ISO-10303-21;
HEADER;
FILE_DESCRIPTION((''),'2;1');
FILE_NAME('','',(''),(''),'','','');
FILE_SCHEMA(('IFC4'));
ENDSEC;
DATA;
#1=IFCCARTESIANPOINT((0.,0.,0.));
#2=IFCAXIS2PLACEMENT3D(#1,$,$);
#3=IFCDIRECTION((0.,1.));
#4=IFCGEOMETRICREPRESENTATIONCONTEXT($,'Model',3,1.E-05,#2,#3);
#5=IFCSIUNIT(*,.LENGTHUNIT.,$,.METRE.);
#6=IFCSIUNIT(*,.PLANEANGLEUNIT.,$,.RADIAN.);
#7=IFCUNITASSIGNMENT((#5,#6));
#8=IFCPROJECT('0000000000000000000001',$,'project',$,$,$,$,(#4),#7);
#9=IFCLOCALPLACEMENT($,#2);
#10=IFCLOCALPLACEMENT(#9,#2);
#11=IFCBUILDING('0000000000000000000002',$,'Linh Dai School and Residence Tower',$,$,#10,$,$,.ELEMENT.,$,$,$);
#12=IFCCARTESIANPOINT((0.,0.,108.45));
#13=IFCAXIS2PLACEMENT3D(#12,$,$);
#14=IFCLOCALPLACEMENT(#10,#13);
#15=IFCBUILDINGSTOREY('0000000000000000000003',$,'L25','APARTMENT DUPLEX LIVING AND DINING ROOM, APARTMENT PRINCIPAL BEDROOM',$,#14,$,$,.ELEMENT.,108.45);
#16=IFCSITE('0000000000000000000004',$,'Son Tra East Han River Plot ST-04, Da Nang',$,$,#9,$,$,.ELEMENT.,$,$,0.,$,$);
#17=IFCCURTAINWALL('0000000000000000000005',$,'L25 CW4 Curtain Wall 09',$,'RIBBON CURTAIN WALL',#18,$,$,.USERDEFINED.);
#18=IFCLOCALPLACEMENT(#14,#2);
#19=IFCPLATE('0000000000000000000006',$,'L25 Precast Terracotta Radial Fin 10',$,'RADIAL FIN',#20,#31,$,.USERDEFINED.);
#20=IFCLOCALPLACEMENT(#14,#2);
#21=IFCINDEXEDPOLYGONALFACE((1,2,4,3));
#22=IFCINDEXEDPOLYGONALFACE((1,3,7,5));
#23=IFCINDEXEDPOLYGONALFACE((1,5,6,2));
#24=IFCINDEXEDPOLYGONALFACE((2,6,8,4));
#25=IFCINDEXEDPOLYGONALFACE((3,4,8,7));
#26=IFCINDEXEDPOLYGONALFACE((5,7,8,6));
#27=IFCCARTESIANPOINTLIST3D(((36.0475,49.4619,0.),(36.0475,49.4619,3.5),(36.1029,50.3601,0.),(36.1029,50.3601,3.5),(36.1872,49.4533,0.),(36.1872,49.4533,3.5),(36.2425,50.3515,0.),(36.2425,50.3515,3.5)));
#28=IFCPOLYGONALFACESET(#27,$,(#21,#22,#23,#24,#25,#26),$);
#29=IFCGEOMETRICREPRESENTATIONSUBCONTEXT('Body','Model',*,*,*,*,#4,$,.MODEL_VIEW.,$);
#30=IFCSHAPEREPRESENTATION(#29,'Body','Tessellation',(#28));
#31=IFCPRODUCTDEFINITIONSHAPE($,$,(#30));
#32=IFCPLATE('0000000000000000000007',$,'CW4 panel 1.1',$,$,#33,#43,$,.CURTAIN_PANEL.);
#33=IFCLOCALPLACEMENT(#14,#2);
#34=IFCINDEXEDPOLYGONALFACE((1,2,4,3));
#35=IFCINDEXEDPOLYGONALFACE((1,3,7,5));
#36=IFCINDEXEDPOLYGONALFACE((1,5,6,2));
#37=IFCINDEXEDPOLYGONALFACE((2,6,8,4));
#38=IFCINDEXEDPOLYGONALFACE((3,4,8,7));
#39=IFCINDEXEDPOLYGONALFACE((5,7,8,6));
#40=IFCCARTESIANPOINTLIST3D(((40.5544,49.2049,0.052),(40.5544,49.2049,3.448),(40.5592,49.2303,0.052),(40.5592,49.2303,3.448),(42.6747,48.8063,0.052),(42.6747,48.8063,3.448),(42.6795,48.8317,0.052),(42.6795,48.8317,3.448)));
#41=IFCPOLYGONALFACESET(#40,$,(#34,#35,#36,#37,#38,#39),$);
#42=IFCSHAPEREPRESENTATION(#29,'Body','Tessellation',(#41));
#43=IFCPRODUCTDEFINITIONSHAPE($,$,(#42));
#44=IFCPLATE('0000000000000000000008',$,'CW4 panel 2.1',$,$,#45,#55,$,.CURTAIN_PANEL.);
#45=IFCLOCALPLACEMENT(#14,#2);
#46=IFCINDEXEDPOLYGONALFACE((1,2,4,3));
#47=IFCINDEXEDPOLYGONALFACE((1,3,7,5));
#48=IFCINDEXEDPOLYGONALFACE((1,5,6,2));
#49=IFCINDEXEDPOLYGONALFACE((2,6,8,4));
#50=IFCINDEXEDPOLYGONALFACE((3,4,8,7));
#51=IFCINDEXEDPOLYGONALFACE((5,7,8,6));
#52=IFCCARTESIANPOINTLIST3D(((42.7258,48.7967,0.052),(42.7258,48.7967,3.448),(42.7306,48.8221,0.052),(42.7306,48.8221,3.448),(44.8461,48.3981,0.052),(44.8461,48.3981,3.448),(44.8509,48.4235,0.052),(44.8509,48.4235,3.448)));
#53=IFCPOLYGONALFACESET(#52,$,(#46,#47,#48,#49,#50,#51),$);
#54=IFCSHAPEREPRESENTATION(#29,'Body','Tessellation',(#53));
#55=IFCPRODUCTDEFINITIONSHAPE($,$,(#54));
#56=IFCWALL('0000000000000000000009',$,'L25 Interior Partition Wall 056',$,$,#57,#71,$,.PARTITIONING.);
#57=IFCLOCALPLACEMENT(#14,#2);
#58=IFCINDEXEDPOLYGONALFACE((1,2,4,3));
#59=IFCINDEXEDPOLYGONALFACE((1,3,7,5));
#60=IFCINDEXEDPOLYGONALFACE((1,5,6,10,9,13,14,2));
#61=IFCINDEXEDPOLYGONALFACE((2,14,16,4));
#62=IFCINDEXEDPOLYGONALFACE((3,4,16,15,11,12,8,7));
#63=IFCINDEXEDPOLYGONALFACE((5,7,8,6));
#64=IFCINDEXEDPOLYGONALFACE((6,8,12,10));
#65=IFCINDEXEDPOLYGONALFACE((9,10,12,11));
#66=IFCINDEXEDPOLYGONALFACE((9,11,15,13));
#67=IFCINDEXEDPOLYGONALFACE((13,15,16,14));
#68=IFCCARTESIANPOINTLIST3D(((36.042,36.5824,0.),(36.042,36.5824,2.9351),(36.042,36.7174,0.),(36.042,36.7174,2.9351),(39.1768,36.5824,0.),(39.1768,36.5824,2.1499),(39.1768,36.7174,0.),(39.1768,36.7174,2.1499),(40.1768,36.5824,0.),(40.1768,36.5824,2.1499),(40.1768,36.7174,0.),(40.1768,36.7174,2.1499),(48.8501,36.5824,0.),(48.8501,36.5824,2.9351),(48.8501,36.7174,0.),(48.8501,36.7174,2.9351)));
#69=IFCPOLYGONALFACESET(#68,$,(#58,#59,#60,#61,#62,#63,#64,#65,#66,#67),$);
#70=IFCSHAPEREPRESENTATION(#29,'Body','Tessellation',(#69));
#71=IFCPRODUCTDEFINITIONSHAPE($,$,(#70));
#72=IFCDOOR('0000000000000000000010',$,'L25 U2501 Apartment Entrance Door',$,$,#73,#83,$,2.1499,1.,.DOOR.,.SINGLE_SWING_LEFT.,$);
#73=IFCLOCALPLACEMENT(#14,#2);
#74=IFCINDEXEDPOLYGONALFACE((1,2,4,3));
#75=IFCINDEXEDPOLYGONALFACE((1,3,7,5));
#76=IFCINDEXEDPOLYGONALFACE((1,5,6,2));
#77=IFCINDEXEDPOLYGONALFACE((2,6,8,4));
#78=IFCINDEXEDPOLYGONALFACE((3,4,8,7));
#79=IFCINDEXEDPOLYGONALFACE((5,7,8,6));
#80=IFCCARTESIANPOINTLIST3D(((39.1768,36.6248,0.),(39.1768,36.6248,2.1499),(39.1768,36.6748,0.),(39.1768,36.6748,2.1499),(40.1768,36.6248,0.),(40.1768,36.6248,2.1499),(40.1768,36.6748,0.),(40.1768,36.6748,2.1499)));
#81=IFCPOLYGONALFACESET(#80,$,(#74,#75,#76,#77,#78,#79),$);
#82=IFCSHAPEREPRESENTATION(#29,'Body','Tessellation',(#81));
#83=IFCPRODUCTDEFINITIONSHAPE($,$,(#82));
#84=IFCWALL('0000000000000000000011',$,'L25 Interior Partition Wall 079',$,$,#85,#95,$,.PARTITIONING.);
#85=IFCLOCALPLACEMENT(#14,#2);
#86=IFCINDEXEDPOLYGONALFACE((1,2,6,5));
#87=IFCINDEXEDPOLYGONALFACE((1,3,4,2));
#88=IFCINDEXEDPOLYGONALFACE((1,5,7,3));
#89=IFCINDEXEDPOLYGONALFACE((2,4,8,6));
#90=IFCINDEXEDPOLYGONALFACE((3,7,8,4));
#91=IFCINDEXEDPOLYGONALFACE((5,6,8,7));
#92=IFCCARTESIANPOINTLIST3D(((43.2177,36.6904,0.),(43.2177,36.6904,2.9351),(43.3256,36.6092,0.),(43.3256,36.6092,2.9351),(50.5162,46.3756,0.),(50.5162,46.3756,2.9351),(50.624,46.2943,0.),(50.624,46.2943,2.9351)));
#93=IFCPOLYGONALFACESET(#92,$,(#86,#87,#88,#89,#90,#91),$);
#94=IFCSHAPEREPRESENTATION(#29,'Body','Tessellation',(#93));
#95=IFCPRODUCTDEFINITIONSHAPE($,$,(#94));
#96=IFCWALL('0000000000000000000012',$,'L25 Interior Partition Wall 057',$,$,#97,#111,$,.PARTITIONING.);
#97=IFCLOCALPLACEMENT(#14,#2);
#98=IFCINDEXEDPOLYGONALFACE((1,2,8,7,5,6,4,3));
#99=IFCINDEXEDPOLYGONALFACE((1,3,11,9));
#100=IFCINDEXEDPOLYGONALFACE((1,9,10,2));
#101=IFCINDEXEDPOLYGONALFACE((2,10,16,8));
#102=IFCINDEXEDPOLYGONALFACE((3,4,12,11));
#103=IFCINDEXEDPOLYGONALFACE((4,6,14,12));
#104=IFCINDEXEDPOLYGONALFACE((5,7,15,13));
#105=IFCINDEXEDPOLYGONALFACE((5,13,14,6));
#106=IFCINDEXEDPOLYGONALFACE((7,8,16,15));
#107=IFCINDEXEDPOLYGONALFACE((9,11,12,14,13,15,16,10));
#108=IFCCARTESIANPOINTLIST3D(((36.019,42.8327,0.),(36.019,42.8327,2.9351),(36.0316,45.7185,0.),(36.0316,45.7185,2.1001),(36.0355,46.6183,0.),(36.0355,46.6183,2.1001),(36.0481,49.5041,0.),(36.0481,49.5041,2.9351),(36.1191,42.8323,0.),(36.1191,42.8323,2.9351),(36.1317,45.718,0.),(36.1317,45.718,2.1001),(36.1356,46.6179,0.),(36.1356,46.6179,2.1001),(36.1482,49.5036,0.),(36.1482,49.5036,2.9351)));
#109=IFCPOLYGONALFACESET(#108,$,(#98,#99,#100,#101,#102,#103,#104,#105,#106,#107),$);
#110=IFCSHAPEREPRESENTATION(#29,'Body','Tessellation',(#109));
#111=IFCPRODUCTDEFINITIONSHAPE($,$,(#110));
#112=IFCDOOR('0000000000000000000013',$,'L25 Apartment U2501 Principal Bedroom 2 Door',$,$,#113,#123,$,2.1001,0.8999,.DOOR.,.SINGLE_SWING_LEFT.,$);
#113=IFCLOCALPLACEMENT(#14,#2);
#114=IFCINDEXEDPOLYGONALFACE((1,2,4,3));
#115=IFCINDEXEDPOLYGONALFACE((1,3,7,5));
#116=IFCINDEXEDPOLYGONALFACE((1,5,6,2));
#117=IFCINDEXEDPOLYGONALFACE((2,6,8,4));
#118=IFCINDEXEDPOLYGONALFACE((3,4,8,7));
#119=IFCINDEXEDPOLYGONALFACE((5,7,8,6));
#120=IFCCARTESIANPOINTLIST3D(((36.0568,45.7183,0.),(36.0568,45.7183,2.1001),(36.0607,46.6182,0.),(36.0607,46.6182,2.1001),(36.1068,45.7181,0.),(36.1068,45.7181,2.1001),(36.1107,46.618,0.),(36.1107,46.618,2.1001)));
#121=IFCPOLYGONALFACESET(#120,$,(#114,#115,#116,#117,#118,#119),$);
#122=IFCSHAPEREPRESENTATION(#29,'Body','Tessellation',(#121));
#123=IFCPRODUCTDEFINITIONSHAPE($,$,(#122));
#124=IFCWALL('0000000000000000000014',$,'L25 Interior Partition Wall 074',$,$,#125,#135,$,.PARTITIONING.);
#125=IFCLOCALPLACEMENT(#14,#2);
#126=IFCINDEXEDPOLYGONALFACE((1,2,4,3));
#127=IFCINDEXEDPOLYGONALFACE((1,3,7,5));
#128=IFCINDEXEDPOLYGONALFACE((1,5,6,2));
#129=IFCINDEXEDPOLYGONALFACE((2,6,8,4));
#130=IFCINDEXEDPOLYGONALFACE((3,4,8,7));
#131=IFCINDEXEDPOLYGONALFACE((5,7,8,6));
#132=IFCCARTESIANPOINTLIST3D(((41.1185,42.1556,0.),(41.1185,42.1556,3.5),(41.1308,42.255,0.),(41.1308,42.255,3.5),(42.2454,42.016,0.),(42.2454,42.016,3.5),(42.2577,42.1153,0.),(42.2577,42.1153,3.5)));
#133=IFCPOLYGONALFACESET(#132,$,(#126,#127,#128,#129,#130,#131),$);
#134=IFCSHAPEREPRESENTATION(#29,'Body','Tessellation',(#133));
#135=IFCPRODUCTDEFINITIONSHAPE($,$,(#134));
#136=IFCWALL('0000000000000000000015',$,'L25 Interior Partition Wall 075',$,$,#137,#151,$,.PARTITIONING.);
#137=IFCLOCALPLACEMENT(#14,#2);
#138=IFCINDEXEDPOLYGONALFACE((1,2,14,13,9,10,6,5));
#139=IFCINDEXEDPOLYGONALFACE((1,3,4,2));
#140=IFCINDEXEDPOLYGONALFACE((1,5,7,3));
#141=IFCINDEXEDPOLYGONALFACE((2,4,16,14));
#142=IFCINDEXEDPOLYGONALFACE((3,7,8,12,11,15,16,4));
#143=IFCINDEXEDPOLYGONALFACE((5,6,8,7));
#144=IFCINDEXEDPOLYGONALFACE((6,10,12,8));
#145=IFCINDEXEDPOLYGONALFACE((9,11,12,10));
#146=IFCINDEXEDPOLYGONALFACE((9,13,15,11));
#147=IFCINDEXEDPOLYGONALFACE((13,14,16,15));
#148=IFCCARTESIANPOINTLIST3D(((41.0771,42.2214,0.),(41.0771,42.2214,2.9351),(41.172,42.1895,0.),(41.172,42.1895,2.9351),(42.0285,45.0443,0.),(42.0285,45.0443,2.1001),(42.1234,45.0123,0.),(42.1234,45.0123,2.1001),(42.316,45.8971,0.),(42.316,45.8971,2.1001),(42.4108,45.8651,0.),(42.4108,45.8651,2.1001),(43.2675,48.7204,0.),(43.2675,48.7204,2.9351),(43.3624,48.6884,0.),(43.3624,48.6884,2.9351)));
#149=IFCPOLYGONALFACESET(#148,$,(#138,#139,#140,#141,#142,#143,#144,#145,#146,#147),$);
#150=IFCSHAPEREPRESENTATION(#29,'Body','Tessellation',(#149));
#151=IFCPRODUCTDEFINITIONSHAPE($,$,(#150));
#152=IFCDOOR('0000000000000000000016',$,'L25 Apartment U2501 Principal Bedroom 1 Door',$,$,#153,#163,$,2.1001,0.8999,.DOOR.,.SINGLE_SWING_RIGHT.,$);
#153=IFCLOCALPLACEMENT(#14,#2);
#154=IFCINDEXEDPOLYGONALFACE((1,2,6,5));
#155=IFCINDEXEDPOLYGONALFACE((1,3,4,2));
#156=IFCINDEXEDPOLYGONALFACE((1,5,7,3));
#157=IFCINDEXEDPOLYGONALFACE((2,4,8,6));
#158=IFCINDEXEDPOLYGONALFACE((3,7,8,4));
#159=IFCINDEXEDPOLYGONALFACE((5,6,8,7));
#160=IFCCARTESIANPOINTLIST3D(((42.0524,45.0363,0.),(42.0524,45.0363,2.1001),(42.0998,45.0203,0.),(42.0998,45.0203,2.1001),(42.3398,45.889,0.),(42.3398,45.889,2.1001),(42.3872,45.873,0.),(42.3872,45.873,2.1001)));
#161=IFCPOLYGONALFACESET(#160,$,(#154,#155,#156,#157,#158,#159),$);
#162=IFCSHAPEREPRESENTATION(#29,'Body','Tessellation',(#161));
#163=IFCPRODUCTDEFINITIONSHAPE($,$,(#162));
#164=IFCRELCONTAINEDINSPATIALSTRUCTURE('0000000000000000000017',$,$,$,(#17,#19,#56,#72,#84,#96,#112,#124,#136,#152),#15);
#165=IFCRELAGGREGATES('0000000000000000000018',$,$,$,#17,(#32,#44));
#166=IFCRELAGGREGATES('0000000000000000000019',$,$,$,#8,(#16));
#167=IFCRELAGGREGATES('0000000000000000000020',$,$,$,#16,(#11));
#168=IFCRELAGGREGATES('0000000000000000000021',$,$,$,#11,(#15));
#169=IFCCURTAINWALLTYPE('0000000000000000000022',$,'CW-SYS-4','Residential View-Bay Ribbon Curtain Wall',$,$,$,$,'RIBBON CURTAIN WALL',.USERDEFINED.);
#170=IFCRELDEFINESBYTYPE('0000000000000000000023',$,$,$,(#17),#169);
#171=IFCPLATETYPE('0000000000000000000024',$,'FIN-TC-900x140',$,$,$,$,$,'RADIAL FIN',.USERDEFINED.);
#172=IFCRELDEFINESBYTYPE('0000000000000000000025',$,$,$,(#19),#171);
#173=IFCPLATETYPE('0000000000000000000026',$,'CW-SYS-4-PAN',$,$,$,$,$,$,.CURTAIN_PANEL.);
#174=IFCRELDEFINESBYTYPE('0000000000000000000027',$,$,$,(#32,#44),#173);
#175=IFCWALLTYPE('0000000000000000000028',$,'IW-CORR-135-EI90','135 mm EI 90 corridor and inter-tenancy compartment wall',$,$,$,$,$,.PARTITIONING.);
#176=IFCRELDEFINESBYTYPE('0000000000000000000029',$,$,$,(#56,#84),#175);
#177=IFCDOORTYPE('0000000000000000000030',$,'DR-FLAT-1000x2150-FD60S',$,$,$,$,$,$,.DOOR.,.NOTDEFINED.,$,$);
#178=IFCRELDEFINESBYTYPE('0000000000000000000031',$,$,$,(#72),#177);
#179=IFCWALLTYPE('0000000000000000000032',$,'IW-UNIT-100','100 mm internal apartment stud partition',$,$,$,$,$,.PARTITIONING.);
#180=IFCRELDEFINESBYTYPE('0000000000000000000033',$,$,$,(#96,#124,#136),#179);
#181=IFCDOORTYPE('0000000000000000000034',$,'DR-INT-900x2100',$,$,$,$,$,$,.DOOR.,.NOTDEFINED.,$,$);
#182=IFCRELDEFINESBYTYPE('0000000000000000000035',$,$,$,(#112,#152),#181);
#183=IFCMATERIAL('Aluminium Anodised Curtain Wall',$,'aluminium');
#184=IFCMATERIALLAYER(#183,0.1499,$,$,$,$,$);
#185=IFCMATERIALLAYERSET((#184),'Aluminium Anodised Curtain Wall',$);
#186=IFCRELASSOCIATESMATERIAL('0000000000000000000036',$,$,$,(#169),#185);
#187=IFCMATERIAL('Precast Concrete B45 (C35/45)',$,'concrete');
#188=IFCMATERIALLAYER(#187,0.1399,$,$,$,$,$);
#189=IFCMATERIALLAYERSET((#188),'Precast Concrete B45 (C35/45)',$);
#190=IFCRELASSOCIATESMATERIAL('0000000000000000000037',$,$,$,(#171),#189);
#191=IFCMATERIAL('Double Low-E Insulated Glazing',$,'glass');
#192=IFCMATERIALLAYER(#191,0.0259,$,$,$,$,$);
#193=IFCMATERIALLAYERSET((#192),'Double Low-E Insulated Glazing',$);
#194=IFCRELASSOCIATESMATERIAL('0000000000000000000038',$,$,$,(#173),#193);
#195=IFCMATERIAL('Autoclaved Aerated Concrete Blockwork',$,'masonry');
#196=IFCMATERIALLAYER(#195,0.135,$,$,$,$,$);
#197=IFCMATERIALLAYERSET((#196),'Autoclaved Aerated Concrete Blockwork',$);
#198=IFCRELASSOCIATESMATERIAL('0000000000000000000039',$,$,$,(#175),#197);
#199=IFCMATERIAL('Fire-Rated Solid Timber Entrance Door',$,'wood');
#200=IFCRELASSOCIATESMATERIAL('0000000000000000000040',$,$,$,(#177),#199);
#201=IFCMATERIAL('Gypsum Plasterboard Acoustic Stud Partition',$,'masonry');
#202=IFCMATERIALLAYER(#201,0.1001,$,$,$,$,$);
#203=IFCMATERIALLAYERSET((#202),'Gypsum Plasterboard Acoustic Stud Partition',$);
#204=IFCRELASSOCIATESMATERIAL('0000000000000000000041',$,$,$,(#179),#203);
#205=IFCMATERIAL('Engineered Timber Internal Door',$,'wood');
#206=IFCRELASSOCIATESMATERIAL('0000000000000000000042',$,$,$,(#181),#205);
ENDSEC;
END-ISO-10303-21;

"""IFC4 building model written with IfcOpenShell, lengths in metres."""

from ifc_helpers import new_model, si_unit, direction, frame, frame_2d, origin, origin_2d, place, context, subcontext, project, spatial, rectangle, extrude, source, transform, mapped, material, layer, layer_set, type_object, element, fill, aggregate, save


model = new_model("IFC4")

# Units and contexts
model_context = context("Model", 3, precision=1e-05, world=origin(), true_north=direction((0.0, 1.0)))
body_context = subcontext(model_context, "Body", "Model", "MODEL_VIEW")
ifc_project = project(units=[si_unit("LENGTHUNIT", "METRE"), si_unit("PLANEANGLEUNIT", "RADIAN")], contexts=[model_context])

# Site, building, storey
site_placement = place(None, origin())
site = spatial("IfcSite", under=ifc_project, at=site_placement, Name="Son Tra East Han River Plot ST-04, Da Nang", CompositionType="ELEMENT", RefElevation=0.0)
building_placement = place(site_placement, origin())
building = spatial("IfcBuilding", under=site, at=building_placement, Name="Linh Dai School and Residence Tower", CompositionType="ELEMENT")
storey_placement = place(building_placement, frame((0.0, 0.0, 108.45)))
storey = spatial("IfcBuildingStorey", under=building, at=storey_placement, Name="L25", Description="APARTMENT DUPLEX LIVING AND DINING ROOM, APARTMENT PRINCIPAL BEDROOM", CompositionType="ELEMENT", Elevation=108.45)

# Curtain wall
ifc_material_1 = material(Name="Aluminium Anodised Curtain Wall", Category="aluminium")
ifc_layer_1 = layer(ifc_material_1, 0.1499)
ifc_layer_set_1 = layer_set([ifc_layer_1], Name="Aluminium Anodised Curtain Wall")
curtain_wall_type = type_object("IfcCurtainWallType", Name="CW-SYS-4", Description="Residential View-Bay Ribbon Curtain Wall", ElementType="RIBBON CURTAIN WALL", PredefinedType="USERDEFINED", material=ifc_layer_set_1)
curtain_wall_placement = place(storey_placement, origin())
curtain_wall = element("IfcCurtainWall", 1, at=curtain_wall_placement, inside=storey, type_object=curtain_wall_type, Name="L25 CW4 Curtain Wall 09", ObjectType="RIBBON CURTAIN WALL", PredefinedType="USERDEFINED")

# Plates
ifc_material_2 = material(Name="Precast Concrete B45 (C35/45)", Category="concrete")
ifc_layer_2 = layer(ifc_material_2, 0.1399)
ifc_layer_set_2 = layer_set([ifc_layer_2], Name="Precast Concrete B45 (C35/45)")
plate_type_1 = type_object("IfcPlateType", Name="FIN-TC-900x140", ElementType="RADIAL FIN", PredefinedType="USERDEFINED", material=ifc_layer_set_2)
shared_shape_1 = source(origin(), body_context, "Body", "SweptSolid", [
    extrude(rectangle(XDim=0.8999, YDim=0.1399, at=origin_2d()), origin(), (0.0, 0.0, 1.0), 3.5),
])
plate_1_placement = place(storey_placement, frame((36.145, 49.9067, 0.0), z_axis=(0.0, 0.0, 1.0), x_axis=(0.061509, 0.998107, 0.0)))
element("IfcPlate", 2, at=plate_1_placement, inside=storey, type_object=plate_type_1, Name="L25 Precast Terracotta Radial Fin 10", ObjectType="RADIAL FIN", PredefinedType="USERDEFINED", context=body_context, shape_type="MappedRepresentation", body=[
    mapped(shared_shape_1, transform((0.0, 0.0, 0.0), x_axis=(1.0, 0.0, 0.0), y_axis=(0.0, 1.0, 0.0), z_axis=(0.0, 0.0, 1.0), scale=1.0)),
])
ifc_material_3 = material(Name="Double Low-E Insulated Glazing", Category="glass")
ifc_layer_3 = layer(ifc_material_3, 0.0259)
ifc_layer_set_3 = layer_set([ifc_layer_3], Name="Double Low-E Insulated Glazing")
plate_type_2 = type_object("IfcPlateType", Name="CW-SYS-4-PAN", PredefinedType="CURTAIN_PANEL", material=ifc_layer_set_3)
shared_shape_2 = source(origin(), body_context, "Body", "SweptSolid", [
    extrude(rectangle(XDim=2.1575, YDim=0.0259, at=origin_2d()), origin(), (0.0, 0.0, 1.0), 3.396),
])
plate_2_placement = place(storey_placement, frame((41.6169, 49.0183, 0.052), z_axis=(0.0, 0.0, 1.0), x_axis=(0.982785, -0.184755, 0.0)))
plate_2 = element("IfcPlate", 3, at=plate_2_placement, type_object=plate_type_2, Name="CW4 panel 1.1", PredefinedType="CURTAIN_PANEL", context=body_context, shape_type="MappedRepresentation", body=[
    mapped(shared_shape_2, transform((0.0, 0.0, 0.0), x_axis=(1.0, 0.0, 0.0), y_axis=(0.0, 1.0, 0.0), z_axis=(0.0, 0.0, 1.0), scale=1.0)),
])
plate_3_placement = place(storey_placement, frame((43.7883, 48.6101, 0.052), z_axis=(0.0, 0.0, 1.0), x_axis=(0.982785, -0.184755, 0.0)))
plate_3 = element("IfcPlate", 4, at=plate_3_placement, type_object=plate_type_2, Name="CW4 panel 2.1", PredefinedType="CURTAIN_PANEL", context=body_context, shape_type="MappedRepresentation", body=[
    mapped(shared_shape_2, transform((0.0, 0.0, 0.0), x_axis=(1.0, 0.0, 0.0), y_axis=(0.0, 1.0, 0.0), z_axis=(0.0, 0.0, 1.0), scale=1.0)),
])
aggregate(curtain_wall, [plate_2, plate_3])

# Wall, opening, door
ifc_material_4 = material(Name="Autoclaved Aerated Concrete Blockwork", Category="masonry")
ifc_layer_4 = layer(ifc_material_4, 0.135)
ifc_layer_set_4 = layer_set([ifc_layer_4], Name="Autoclaved Aerated Concrete Blockwork")
wall_type_1 = type_object("IfcWallType", Name="IW-CORR-135-EI90", Description="135 mm EI 90 corridor and inter-tenancy compartment wall", PredefinedType="PARTITIONING", material=ifc_layer_set_4)
wall_1_placement = place(storey_placement, frame((36.042, 36.6499, 0.0), z_axis=(0.0, 0.0, 1.0), x_axis=(1.0, 0.0, 0.0)))
wall_1 = element("IfcWall", 5, at=wall_1_placement, inside=storey, type_object=wall_type_1, Name="L25 Interior Partition Wall 056", PredefinedType="PARTITIONING", context=body_context, shape_type="SweptSolid", body=[
    extrude(rectangle(XDim=12.8081, YDim=0.135, at=frame_2d((6.4041, 0.0))), origin(), (0.0, 0.0, 1.0), 2.9351),
])
opening_1_placement = place(wall_1_placement, frame((3.1348, 0.0, 0.0)))
opening_1 = element("IfcOpeningElement", 6, at=opening_1_placement, cuts=wall_1, PredefinedType="OPENING", context=body_context, shape_type="SweptSolid", body=[
    extrude(rectangle(XDim=1.0, YDim=2.1499, at=origin_2d()), frame((0.5, 0.0776, 1.075), z_axis=(0.0, -1.0, 0.0), x_axis=(1.0, 0.0, 0.0)), (0.0, 0.0, 1.0), 0.155),
])
ifc_material_5 = material(Name="Fire-Rated Solid Timber Entrance Door", Category="wood")
door_type_1 = type_object("IfcDoorType", Name="DR-FLAT-1000x2150-FD60S", OperationType="NOTDEFINED", PredefinedType="DOOR", material=ifc_material_5)
shared_shape_3 = source(origin(), body_context, "Body", "SweptSolid", [
    extrude(rectangle(XDim=1.0, YDim=2.1499, at=origin_2d()), frame((0.5, 0.0249, 1.075), z_axis=(0.0, -1.0, 0.0), x_axis=(1.0, 0.0, 0.0)), (0.0, 0.0, 1.0), 0.05),
])
door_1_placement = place(opening_1_placement, origin())
door_1 = element("IfcDoor", 7, at=door_1_placement, inside=storey, type_object=door_type_1, Name="L25 U2501 Apartment Entrance Door", OperationType="SINGLE_SWING_LEFT", OverallHeight=2.1499, OverallWidth=1.0, PredefinedType="DOOR", context=body_context, shape_type="MappedRepresentation", body=[
    mapped(shared_shape_3, transform((0.0, 0.0, 0.0), x_axis=(1.0, 0.0, 0.0), y_axis=(0.0, 1.0, 0.0), z_axis=(0.0, 0.0, 1.0), scale=1.0)),
])
fill(opening_1, door_1)

# Wall
wall_2_placement = place(storey_placement, frame((43.2717, 36.6499, 0.0), z_axis=(0.0, 0.0, 1.0), x_axis=(0.601822, 0.798631, 0.0)))
element("IfcWall", 8, at=wall_2_placement, inside=storey, type_object=wall_type_1, Name="L25 Interior Partition Wall 079", PredefinedType="PARTITIONING", context=body_context, shape_type="SweptSolid", body=[
    extrude(rectangle(XDim=12.1272, YDim=0.135, at=frame_2d((6.0635, 0.0))), origin(), (0.0, 0.0, 1.0), 2.9351),
])

# Wall, opening, door
ifc_material_6 = material(Name="Gypsum Plasterboard Acoustic Stud Partition", Category="masonry")
ifc_layer_5 = layer(ifc_material_6, 0.1001)
ifc_layer_set_5 = layer_set([ifc_layer_5], Name="Gypsum Plasterboard Acoustic Stud Partition")
wall_type_2 = type_object("IfcWallType", Name="IW-UNIT-100", Description="100 mm internal apartment stud partition", PredefinedType="PARTITIONING", material=ifc_layer_set_5)
wall_3_placement = place(storey_placement, frame((36.0691, 42.8325, 0.0), z_axis=(0.0, 0.0, 1.0), x_axis=(0.004355, 0.999991, 0.0)))
wall_3 = element("IfcWall", 9, at=wall_3_placement, inside=storey, type_object=wall_type_2, Name="L25 Interior Partition Wall 057", PredefinedType="PARTITIONING", context=body_context, shape_type="SweptSolid", body=[
    extrude(rectangle(XDim=6.6714, YDim=0.1001, at=frame_2d((3.3357, 0.0))), origin(), (0.0, 0.0, 1.0), 2.9351),
])
opening_2_placement = place(wall_3_placement, frame((2.8857, 0.0, 0.0)))
opening_2 = element("IfcOpeningElement", 10, at=opening_2_placement, cuts=wall_3, PredefinedType="OPENING", context=body_context, shape_type="SweptSolid", body=[
    extrude(rectangle(XDim=0.8999, YDim=2.1001, at=origin_2d()), frame((0.45, 0.0601, 1.05), z_axis=(0.0, -1.0, 0.0), x_axis=(1.0, 0.0, 0.0)), (0.0, 0.0, 1.0), 0.1201),
])
ifc_material_7 = material(Name="Engineered Timber Internal Door", Category="wood")
door_type_2 = type_object("IfcDoorType", Name="DR-INT-900x2100", OperationType="NOTDEFINED", PredefinedType="DOOR", material=ifc_material_7)
shared_shape_4 = source(origin(), body_context, "Body", "SweptSolid", [
    extrude(rectangle(XDim=0.8999, YDim=2.1001, at=origin_2d()), frame((0.45, 0.0249, 1.05), z_axis=(0.0, -1.0, 0.0), x_axis=(1.0, 0.0, 0.0)), (0.0, 0.0, 1.0), 0.05),
])
door_2_placement = place(opening_2_placement, origin())
door_2 = element("IfcDoor", 11, at=door_2_placement, inside=storey, type_object=door_type_2, Name="L25 Apartment U2501 Principal Bedroom 2 Door", OperationType="SINGLE_SWING_LEFT", OverallHeight=2.1001, OverallWidth=0.8999, PredefinedType="DOOR", context=body_context, shape_type="MappedRepresentation", body=[
    mapped(shared_shape_4, transform((0.0, 0.0, 0.0), x_axis=(1.0, 0.0, 0.0), y_axis=(0.0, 1.0, 0.0), z_axis=(0.0, 0.0, 1.0), scale=1.0)),
])
fill(opening_2, door_2)

# Wall
wall_4_placement = place(storey_placement, frame((41.1245, 42.2053, 0.0), z_axis=(0.0, 0.0, 1.0), x_axis=(0.99241, -0.122976, 0.0)))
element("IfcWall", 12, at=wall_4_placement, inside=storey, type_object=wall_type_2, Name="L25 Interior Partition Wall 074", PredefinedType="PARTITIONING", context=body_context, shape_type="SweptSolid", body=[
    extrude(rectangle(XDim=1.1355, YDim=0.1001, at=frame_2d((0.5679, 0.0))), origin(), (0.0, 0.0, 1.0), 3.5),
])

# Wall, opening, door
wall_5_placement = place(storey_placement, frame((41.1245, 42.2053, 0.0), z_axis=(0.0, 0.0, 1.0), x_axis=(0.319387, 0.947624, 0.0)))
wall_5 = element("IfcWall", 13, at=wall_5_placement, inside=storey, type_object=wall_type_2, Name="L25 Interior Partition Wall 075", PredefinedType="PARTITIONING", context=body_context, shape_type="SweptSolid", body=[
    extrude(rectangle(XDim=6.8582, YDim=0.1001, at=frame_2d((3.4292, 0.0))), origin(), (0.0, 0.0, 1.0), 2.9351),
])
opening_3_placement = place(wall_5_placement, frame((2.979, 0.0, 0.0)))
opening_3 = element("IfcOpeningElement", 14, at=opening_3_placement, cuts=wall_5, PredefinedType="OPENING", context=body_context, shape_type="SweptSolid", body=[
    extrude(rectangle(XDim=0.8999, YDim=2.1001, at=origin_2d()), frame((0.45, 0.0601, 1.05), z_axis=(0.0, -1.0, 0.0), x_axis=(1.0, 0.0, 0.0)), (0.0, 0.0, 1.0), 0.1201),
])
door_3_placement = place(opening_3_placement, origin())
door_3 = element("IfcDoor", 15, at=door_3_placement, inside=storey, type_object=door_type_2, Name="L25 Apartment U2501 Principal Bedroom 1 Door", OperationType="SINGLE_SWING_RIGHT", OverallHeight=2.1001, OverallWidth=0.8999, PredefinedType="DOOR", context=body_context, shape_type="MappedRepresentation", body=[
    mapped(shared_shape_4, transform((0.0, 0.0, 0.0), x_axis=(1.0, 0.0, 0.0), y_axis=(0.0, 1.0, 0.0), z_axis=(0.0, 0.0, 1.0), scale=1.0)),
])
fill(opening_3, door_3)

save(model, "model.ifc")
